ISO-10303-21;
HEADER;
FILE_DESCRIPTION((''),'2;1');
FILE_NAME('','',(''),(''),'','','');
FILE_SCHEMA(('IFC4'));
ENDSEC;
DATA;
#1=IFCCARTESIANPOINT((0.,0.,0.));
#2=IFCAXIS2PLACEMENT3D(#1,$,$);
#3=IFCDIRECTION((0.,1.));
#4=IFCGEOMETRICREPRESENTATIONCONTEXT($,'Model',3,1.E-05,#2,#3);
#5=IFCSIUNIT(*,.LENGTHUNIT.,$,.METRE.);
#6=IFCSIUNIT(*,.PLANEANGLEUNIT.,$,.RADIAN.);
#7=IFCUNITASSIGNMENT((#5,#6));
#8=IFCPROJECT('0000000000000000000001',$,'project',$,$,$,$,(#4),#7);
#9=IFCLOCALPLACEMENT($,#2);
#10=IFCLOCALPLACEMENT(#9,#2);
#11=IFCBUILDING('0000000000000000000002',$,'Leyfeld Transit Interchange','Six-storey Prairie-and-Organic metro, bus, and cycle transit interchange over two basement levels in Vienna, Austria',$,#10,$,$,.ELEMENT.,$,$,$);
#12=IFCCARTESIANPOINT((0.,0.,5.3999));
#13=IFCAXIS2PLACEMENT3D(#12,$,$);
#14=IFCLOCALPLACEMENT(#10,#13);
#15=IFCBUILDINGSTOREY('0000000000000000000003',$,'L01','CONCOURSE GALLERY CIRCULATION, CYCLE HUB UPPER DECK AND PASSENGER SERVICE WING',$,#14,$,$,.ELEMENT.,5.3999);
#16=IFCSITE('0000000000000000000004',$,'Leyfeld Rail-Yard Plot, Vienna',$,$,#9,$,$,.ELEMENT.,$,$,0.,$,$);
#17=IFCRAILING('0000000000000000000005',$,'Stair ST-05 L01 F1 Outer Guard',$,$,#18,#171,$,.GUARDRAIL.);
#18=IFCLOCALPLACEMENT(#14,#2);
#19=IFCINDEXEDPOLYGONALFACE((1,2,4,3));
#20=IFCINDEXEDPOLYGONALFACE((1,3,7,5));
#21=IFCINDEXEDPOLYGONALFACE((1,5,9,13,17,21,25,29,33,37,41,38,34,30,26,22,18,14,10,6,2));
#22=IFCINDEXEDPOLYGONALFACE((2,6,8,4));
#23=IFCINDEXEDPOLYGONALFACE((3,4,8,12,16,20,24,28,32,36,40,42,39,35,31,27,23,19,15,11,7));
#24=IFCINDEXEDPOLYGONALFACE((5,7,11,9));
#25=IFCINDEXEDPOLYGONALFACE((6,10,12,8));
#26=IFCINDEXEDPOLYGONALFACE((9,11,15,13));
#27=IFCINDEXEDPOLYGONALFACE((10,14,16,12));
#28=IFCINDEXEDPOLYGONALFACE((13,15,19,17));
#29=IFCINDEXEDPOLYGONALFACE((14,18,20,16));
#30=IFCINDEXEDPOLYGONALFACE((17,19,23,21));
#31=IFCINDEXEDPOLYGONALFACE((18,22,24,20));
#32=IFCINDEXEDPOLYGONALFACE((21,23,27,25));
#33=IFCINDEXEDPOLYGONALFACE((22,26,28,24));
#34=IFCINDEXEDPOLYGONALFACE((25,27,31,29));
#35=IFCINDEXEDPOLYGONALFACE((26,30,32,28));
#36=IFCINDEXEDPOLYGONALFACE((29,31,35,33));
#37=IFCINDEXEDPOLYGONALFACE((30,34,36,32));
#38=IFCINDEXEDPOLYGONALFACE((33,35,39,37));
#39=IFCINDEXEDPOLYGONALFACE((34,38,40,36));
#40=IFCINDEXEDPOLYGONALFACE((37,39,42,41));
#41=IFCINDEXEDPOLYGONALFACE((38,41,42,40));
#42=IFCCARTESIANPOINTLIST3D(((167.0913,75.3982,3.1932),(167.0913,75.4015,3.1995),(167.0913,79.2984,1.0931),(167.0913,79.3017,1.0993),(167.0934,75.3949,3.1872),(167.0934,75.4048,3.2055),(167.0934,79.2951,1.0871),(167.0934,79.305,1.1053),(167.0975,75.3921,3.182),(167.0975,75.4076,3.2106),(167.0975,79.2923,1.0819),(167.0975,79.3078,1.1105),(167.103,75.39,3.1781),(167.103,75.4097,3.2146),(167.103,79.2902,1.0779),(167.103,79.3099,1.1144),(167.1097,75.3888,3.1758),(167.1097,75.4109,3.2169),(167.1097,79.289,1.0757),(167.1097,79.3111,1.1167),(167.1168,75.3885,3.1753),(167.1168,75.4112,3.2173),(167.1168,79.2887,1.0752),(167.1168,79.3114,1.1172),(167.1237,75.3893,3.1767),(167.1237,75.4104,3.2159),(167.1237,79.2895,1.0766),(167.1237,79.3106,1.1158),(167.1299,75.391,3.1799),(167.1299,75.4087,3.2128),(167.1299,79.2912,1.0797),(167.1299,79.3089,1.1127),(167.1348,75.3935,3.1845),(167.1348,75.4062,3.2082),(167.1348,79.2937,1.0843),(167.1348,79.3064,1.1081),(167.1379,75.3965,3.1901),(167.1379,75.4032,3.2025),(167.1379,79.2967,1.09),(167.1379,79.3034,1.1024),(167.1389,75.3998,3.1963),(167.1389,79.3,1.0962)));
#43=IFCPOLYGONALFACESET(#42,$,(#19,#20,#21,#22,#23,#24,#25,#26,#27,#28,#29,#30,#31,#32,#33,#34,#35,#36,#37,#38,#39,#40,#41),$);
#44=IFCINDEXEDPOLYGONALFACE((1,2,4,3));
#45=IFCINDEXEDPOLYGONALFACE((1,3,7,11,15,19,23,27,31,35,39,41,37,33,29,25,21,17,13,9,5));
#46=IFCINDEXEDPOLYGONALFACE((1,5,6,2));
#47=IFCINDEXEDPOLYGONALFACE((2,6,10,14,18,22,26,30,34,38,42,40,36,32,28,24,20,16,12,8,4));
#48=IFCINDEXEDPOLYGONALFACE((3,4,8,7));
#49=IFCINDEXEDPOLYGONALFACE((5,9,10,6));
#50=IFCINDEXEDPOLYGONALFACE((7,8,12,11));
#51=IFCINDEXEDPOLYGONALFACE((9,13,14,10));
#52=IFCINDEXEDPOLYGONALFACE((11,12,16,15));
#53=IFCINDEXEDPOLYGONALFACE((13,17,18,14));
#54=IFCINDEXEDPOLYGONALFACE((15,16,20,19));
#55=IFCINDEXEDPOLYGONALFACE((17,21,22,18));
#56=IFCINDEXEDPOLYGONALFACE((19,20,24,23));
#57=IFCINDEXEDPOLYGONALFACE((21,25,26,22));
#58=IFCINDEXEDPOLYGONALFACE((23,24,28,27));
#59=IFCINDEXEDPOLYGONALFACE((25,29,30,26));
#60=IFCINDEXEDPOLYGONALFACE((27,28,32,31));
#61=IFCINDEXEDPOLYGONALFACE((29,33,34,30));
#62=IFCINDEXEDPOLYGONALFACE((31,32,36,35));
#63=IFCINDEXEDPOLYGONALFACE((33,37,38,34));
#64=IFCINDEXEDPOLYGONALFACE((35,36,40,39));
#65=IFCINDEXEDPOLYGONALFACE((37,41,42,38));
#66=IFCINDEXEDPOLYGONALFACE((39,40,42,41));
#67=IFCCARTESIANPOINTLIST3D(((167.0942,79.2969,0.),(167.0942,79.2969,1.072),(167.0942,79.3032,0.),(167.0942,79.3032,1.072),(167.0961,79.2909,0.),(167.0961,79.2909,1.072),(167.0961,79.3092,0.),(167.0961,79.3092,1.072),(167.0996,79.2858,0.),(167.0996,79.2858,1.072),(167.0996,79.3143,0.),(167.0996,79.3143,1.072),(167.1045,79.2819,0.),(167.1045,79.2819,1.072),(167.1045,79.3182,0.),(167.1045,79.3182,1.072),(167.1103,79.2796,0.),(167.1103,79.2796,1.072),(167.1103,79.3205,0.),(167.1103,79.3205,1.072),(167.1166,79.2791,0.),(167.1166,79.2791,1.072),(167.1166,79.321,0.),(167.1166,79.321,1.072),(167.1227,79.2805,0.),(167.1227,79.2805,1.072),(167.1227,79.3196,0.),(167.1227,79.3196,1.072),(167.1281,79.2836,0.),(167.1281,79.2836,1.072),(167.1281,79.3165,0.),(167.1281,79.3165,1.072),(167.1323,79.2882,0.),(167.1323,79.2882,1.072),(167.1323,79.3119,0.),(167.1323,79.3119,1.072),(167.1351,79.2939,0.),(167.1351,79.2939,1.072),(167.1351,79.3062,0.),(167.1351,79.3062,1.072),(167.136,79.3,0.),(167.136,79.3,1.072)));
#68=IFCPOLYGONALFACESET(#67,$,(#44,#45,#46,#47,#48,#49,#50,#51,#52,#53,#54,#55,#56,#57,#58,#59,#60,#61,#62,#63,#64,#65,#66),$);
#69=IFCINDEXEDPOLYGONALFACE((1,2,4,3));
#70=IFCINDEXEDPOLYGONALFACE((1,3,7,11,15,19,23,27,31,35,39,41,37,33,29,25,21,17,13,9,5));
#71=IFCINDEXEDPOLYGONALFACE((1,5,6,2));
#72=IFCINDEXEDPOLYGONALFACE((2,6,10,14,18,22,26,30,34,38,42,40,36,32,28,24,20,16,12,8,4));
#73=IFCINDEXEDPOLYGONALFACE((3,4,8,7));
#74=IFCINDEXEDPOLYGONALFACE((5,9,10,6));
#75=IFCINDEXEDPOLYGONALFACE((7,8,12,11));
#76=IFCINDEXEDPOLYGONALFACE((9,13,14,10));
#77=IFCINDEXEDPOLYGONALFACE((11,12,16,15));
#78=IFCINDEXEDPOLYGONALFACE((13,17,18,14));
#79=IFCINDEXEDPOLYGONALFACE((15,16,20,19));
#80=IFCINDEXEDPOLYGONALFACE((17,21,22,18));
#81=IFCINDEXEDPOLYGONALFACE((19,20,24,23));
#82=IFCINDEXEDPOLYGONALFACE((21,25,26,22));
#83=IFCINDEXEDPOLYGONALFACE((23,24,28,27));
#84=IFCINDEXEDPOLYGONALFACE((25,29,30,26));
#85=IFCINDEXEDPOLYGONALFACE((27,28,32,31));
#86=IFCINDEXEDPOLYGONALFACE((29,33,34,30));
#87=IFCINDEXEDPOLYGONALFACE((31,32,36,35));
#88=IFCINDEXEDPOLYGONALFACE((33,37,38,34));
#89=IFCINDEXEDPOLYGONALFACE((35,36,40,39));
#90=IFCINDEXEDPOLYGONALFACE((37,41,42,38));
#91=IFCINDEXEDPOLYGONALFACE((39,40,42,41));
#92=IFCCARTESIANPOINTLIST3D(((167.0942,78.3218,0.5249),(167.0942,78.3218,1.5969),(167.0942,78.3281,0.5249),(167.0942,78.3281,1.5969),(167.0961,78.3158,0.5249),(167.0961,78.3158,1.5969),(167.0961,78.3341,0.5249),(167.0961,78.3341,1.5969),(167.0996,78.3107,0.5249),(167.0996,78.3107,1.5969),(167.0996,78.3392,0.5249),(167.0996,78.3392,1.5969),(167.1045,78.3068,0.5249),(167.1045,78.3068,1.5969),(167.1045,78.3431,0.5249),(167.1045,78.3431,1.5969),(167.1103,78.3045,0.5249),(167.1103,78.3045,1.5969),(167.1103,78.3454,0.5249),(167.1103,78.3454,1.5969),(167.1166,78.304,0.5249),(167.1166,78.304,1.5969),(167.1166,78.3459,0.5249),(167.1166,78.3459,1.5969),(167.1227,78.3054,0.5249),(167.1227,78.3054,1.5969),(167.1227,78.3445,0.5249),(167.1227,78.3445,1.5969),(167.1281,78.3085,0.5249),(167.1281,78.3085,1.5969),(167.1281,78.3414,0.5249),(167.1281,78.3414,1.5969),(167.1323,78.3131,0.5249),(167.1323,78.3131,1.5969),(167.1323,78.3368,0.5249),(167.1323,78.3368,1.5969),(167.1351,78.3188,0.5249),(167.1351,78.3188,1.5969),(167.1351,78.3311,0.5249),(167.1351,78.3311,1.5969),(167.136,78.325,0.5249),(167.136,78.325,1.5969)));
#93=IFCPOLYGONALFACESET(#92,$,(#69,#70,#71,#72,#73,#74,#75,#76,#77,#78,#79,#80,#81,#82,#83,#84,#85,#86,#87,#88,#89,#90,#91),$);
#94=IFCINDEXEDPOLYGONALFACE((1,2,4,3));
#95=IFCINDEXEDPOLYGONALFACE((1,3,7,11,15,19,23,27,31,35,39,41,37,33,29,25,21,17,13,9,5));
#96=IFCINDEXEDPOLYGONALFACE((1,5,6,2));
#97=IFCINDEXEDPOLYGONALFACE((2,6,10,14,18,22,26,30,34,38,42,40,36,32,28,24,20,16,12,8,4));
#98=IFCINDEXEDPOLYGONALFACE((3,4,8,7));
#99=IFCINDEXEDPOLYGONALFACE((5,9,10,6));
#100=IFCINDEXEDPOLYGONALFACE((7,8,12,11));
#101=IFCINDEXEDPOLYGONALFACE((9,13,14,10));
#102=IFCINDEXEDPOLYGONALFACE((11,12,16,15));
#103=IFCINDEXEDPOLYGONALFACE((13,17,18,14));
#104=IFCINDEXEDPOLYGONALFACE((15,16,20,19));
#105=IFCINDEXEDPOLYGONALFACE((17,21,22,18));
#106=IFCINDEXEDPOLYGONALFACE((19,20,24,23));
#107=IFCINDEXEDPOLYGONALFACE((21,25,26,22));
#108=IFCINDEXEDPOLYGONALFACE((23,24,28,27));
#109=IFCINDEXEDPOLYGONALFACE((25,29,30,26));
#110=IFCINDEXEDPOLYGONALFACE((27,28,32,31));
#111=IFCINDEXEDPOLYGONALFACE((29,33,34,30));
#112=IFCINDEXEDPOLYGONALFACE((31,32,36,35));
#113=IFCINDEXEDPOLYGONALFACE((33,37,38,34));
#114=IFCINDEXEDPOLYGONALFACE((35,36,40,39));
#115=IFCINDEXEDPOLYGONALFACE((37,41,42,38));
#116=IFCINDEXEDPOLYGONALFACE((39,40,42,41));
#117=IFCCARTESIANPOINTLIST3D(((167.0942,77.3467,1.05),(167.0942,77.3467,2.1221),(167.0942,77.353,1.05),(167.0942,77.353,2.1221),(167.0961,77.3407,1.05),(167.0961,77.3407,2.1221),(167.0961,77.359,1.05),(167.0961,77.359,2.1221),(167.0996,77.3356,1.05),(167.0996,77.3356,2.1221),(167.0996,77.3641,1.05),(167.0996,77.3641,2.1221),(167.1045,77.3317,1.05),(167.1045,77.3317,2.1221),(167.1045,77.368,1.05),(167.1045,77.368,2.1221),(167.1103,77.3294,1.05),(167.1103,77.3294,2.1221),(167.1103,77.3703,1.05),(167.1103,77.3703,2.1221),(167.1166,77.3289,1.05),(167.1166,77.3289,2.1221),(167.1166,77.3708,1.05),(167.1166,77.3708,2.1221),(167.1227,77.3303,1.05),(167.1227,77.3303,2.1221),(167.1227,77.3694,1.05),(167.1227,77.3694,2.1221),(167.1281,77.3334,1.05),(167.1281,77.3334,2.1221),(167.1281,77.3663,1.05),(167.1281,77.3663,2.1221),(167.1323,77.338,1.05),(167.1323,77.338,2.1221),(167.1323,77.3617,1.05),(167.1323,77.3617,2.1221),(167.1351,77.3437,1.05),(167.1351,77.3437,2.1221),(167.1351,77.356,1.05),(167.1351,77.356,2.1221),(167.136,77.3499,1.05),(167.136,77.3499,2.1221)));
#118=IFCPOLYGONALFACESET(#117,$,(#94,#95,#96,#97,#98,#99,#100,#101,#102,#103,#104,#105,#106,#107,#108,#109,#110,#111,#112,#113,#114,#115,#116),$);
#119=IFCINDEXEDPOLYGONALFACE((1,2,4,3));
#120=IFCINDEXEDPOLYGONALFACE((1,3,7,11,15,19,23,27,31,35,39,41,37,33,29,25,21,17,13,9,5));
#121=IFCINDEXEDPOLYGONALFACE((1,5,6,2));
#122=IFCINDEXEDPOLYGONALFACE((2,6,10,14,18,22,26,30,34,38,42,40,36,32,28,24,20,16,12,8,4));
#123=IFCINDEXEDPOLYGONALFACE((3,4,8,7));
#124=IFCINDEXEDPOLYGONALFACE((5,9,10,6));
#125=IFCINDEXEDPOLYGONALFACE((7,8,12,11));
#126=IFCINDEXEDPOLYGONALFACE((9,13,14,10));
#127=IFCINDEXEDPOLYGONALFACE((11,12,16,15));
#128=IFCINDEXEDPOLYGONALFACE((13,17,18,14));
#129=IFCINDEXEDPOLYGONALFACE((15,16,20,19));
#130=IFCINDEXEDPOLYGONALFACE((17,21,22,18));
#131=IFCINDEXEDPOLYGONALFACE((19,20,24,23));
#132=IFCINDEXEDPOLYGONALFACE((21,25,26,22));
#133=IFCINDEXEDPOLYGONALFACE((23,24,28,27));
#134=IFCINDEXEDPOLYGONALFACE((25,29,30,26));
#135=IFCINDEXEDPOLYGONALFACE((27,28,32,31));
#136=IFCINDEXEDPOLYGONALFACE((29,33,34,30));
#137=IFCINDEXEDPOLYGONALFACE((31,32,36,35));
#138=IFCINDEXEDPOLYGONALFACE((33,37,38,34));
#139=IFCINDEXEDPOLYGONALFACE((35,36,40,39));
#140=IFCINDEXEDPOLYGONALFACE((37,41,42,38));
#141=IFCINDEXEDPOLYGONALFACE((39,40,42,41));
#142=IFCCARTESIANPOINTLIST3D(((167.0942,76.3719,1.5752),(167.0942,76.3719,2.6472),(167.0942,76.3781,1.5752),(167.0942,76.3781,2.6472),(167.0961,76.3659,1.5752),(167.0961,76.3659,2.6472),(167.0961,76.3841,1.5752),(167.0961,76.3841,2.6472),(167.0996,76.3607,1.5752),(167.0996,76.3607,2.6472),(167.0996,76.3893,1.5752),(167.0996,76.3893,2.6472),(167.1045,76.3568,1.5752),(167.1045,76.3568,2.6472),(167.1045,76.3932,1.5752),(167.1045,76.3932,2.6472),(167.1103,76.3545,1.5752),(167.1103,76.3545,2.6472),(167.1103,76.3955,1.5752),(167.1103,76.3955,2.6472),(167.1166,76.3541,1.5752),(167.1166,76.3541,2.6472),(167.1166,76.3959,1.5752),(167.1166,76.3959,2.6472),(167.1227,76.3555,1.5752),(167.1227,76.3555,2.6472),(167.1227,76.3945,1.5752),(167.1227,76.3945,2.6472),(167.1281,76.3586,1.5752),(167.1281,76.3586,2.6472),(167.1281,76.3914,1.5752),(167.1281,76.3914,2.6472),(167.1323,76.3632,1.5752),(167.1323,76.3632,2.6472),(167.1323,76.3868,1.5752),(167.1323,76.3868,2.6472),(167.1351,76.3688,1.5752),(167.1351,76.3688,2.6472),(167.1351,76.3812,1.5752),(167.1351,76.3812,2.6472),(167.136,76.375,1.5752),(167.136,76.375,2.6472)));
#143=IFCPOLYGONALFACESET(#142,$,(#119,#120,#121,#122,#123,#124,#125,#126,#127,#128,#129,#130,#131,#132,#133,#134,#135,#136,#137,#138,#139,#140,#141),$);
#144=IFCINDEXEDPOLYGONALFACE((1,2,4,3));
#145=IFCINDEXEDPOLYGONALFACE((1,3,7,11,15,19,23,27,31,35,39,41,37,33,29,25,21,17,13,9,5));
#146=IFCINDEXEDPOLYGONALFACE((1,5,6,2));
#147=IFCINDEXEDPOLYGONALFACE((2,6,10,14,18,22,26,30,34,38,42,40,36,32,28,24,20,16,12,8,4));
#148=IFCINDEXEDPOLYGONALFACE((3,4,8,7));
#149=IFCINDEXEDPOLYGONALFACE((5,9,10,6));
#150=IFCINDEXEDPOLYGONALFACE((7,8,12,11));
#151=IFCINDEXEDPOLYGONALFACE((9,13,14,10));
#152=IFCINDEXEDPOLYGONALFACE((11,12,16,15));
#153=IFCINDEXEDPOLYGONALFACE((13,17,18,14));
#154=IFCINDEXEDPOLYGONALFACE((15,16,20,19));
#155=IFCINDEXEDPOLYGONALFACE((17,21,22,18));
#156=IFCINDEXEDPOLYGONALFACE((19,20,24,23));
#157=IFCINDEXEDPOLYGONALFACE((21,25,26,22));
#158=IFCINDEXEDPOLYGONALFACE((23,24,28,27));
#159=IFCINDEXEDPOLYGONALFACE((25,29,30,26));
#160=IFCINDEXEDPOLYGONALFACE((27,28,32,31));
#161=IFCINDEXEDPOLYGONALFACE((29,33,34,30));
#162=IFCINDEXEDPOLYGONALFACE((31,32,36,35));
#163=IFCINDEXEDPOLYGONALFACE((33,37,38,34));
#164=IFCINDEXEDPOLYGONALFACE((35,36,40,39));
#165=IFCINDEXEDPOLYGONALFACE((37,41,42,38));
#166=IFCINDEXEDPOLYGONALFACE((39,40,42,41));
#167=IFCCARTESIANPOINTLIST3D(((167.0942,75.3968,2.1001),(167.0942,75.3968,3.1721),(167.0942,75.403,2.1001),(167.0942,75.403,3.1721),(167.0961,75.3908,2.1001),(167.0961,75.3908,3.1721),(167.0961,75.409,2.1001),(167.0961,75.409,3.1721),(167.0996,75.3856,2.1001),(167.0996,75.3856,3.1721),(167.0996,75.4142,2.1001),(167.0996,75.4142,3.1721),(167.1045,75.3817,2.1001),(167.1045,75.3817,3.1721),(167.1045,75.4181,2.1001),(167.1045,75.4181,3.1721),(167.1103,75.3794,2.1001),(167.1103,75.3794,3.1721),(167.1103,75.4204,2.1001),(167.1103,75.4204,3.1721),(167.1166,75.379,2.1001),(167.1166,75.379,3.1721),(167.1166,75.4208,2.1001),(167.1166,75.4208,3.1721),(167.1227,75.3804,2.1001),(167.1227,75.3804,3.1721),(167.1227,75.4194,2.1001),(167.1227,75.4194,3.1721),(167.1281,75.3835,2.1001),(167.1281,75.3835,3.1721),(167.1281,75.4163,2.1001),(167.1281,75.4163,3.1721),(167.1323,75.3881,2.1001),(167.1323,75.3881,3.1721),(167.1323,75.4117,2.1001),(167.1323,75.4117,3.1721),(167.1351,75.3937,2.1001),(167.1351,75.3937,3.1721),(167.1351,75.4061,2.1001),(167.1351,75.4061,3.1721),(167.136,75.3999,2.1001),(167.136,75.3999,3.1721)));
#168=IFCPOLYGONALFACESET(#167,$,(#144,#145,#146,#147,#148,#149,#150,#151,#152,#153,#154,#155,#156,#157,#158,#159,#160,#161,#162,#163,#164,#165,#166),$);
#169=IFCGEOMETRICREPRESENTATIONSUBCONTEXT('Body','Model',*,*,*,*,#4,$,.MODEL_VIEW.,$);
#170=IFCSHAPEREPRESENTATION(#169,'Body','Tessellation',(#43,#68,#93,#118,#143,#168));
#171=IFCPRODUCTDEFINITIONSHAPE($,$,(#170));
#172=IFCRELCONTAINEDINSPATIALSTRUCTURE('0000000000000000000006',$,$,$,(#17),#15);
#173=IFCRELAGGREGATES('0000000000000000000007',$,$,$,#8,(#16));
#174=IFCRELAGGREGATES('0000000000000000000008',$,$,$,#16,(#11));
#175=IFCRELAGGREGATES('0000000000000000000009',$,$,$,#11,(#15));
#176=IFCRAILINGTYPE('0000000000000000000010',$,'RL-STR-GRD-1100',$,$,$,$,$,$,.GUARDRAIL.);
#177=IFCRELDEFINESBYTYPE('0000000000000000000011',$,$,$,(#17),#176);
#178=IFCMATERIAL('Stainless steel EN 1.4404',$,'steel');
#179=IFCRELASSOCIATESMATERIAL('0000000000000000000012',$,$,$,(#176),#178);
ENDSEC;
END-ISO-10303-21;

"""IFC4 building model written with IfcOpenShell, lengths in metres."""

from ifc_helpers import new_model, si_unit, direction, frame, origin, origin_2d, place, context, subcontext, project, spatial, circle, extrude, material, type_object, element, save


model = new_model("IFC4")

# Units and contexts
model_context = context("Model", 3, precision=1e-05, world=origin(), true_north=direction((0.0, 1.0)))
body_context = subcontext(model_context, "Body", "Model", "MODEL_VIEW")
ifc_project = project(units=[si_unit("LENGTHUNIT", "METRE"), si_unit("PLANEANGLEUNIT", "RADIAN")], contexts=[model_context])

# Site, building, storey
site_placement = place(None, origin())
site = spatial("IfcSite", under=ifc_project, at=site_placement, Name="Leyfeld Rail-Yard Plot, Vienna", CompositionType="ELEMENT", RefElevation=0.0)
building_placement = place(site_placement, origin())
building = spatial("IfcBuilding", under=site, at=building_placement, Name="Leyfeld Transit Interchange", Description="Six-storey Prairie-and-Organic metro, bus, and cycle transit interchange over two basement levels in Vienna, Austria", CompositionType="ELEMENT")
storey_placement = place(building_placement, frame((0.0, 0.0, 5.3999)))
storey = spatial("IfcBuildingStorey", under=building, at=storey_placement, Name="L01", Description="CONCOURSE GALLERY CIRCULATION, CYCLE HUB UPPER DECK AND PASSENGER SERVICE WING", CompositionType="ELEMENT", Elevation=5.3999)

# Railing
ifc_material_1 = material(Name="Stainless steel EN 1.4404", Category="steel")
railing_type_1 = type_object("IfcRailingType", Name="RL-STR-GRD-1100", PredefinedType="GUARDRAIL", material=ifc_material_1)
for number, where, name in (
    (1, (167.115, 79.3, 0.0), "Stair ST-05 L01 F1 Outer Guard"),
):
    element("IfcRailing", number, at=place(storey_placement, frame(where)), inside=storey, type_object=railing_type_1, Name=name, PredefinedType="GUARDRAIL", context=body_context, shape_type="SweptSolid", body=[
        extrude(circle(Radius=0.0239, at=origin_2d()), frame((0.0, 0.0, 1.0962), z_axis=(0.0, -0.880469, 0.474103), x_axis=(1.0, 0.0, 0.0)), (0.0, 0.0, 1.0), 4.4297),
        extrude(circle(Radius=0.021, at=origin_2d()), origin(), (0.0, 0.0, 1.0), 1.072),
        extrude(circle(Radius=0.021, at=origin_2d()), frame((0.0, -0.9751, 0.5249)), (0.0, 0.0, 1.0), 1.072),
        extrude(circle(Radius=0.021, at=origin_2d()), frame((0.0, -1.9502, 1.05)), (0.0, 0.0, 1.0), 1.072),
        extrude(circle(Radius=0.021, at=origin_2d()), frame((0.0, -2.925, 1.5752)), (0.0, 0.0, 1.0), 1.072),
        extrude(circle(Radius=0.021, at=origin_2d()), frame((0.0, -3.9001, 2.1001)), (0.0, 0.0, 1.0), 1.072),
    ])

save(model, "model.ifc")
